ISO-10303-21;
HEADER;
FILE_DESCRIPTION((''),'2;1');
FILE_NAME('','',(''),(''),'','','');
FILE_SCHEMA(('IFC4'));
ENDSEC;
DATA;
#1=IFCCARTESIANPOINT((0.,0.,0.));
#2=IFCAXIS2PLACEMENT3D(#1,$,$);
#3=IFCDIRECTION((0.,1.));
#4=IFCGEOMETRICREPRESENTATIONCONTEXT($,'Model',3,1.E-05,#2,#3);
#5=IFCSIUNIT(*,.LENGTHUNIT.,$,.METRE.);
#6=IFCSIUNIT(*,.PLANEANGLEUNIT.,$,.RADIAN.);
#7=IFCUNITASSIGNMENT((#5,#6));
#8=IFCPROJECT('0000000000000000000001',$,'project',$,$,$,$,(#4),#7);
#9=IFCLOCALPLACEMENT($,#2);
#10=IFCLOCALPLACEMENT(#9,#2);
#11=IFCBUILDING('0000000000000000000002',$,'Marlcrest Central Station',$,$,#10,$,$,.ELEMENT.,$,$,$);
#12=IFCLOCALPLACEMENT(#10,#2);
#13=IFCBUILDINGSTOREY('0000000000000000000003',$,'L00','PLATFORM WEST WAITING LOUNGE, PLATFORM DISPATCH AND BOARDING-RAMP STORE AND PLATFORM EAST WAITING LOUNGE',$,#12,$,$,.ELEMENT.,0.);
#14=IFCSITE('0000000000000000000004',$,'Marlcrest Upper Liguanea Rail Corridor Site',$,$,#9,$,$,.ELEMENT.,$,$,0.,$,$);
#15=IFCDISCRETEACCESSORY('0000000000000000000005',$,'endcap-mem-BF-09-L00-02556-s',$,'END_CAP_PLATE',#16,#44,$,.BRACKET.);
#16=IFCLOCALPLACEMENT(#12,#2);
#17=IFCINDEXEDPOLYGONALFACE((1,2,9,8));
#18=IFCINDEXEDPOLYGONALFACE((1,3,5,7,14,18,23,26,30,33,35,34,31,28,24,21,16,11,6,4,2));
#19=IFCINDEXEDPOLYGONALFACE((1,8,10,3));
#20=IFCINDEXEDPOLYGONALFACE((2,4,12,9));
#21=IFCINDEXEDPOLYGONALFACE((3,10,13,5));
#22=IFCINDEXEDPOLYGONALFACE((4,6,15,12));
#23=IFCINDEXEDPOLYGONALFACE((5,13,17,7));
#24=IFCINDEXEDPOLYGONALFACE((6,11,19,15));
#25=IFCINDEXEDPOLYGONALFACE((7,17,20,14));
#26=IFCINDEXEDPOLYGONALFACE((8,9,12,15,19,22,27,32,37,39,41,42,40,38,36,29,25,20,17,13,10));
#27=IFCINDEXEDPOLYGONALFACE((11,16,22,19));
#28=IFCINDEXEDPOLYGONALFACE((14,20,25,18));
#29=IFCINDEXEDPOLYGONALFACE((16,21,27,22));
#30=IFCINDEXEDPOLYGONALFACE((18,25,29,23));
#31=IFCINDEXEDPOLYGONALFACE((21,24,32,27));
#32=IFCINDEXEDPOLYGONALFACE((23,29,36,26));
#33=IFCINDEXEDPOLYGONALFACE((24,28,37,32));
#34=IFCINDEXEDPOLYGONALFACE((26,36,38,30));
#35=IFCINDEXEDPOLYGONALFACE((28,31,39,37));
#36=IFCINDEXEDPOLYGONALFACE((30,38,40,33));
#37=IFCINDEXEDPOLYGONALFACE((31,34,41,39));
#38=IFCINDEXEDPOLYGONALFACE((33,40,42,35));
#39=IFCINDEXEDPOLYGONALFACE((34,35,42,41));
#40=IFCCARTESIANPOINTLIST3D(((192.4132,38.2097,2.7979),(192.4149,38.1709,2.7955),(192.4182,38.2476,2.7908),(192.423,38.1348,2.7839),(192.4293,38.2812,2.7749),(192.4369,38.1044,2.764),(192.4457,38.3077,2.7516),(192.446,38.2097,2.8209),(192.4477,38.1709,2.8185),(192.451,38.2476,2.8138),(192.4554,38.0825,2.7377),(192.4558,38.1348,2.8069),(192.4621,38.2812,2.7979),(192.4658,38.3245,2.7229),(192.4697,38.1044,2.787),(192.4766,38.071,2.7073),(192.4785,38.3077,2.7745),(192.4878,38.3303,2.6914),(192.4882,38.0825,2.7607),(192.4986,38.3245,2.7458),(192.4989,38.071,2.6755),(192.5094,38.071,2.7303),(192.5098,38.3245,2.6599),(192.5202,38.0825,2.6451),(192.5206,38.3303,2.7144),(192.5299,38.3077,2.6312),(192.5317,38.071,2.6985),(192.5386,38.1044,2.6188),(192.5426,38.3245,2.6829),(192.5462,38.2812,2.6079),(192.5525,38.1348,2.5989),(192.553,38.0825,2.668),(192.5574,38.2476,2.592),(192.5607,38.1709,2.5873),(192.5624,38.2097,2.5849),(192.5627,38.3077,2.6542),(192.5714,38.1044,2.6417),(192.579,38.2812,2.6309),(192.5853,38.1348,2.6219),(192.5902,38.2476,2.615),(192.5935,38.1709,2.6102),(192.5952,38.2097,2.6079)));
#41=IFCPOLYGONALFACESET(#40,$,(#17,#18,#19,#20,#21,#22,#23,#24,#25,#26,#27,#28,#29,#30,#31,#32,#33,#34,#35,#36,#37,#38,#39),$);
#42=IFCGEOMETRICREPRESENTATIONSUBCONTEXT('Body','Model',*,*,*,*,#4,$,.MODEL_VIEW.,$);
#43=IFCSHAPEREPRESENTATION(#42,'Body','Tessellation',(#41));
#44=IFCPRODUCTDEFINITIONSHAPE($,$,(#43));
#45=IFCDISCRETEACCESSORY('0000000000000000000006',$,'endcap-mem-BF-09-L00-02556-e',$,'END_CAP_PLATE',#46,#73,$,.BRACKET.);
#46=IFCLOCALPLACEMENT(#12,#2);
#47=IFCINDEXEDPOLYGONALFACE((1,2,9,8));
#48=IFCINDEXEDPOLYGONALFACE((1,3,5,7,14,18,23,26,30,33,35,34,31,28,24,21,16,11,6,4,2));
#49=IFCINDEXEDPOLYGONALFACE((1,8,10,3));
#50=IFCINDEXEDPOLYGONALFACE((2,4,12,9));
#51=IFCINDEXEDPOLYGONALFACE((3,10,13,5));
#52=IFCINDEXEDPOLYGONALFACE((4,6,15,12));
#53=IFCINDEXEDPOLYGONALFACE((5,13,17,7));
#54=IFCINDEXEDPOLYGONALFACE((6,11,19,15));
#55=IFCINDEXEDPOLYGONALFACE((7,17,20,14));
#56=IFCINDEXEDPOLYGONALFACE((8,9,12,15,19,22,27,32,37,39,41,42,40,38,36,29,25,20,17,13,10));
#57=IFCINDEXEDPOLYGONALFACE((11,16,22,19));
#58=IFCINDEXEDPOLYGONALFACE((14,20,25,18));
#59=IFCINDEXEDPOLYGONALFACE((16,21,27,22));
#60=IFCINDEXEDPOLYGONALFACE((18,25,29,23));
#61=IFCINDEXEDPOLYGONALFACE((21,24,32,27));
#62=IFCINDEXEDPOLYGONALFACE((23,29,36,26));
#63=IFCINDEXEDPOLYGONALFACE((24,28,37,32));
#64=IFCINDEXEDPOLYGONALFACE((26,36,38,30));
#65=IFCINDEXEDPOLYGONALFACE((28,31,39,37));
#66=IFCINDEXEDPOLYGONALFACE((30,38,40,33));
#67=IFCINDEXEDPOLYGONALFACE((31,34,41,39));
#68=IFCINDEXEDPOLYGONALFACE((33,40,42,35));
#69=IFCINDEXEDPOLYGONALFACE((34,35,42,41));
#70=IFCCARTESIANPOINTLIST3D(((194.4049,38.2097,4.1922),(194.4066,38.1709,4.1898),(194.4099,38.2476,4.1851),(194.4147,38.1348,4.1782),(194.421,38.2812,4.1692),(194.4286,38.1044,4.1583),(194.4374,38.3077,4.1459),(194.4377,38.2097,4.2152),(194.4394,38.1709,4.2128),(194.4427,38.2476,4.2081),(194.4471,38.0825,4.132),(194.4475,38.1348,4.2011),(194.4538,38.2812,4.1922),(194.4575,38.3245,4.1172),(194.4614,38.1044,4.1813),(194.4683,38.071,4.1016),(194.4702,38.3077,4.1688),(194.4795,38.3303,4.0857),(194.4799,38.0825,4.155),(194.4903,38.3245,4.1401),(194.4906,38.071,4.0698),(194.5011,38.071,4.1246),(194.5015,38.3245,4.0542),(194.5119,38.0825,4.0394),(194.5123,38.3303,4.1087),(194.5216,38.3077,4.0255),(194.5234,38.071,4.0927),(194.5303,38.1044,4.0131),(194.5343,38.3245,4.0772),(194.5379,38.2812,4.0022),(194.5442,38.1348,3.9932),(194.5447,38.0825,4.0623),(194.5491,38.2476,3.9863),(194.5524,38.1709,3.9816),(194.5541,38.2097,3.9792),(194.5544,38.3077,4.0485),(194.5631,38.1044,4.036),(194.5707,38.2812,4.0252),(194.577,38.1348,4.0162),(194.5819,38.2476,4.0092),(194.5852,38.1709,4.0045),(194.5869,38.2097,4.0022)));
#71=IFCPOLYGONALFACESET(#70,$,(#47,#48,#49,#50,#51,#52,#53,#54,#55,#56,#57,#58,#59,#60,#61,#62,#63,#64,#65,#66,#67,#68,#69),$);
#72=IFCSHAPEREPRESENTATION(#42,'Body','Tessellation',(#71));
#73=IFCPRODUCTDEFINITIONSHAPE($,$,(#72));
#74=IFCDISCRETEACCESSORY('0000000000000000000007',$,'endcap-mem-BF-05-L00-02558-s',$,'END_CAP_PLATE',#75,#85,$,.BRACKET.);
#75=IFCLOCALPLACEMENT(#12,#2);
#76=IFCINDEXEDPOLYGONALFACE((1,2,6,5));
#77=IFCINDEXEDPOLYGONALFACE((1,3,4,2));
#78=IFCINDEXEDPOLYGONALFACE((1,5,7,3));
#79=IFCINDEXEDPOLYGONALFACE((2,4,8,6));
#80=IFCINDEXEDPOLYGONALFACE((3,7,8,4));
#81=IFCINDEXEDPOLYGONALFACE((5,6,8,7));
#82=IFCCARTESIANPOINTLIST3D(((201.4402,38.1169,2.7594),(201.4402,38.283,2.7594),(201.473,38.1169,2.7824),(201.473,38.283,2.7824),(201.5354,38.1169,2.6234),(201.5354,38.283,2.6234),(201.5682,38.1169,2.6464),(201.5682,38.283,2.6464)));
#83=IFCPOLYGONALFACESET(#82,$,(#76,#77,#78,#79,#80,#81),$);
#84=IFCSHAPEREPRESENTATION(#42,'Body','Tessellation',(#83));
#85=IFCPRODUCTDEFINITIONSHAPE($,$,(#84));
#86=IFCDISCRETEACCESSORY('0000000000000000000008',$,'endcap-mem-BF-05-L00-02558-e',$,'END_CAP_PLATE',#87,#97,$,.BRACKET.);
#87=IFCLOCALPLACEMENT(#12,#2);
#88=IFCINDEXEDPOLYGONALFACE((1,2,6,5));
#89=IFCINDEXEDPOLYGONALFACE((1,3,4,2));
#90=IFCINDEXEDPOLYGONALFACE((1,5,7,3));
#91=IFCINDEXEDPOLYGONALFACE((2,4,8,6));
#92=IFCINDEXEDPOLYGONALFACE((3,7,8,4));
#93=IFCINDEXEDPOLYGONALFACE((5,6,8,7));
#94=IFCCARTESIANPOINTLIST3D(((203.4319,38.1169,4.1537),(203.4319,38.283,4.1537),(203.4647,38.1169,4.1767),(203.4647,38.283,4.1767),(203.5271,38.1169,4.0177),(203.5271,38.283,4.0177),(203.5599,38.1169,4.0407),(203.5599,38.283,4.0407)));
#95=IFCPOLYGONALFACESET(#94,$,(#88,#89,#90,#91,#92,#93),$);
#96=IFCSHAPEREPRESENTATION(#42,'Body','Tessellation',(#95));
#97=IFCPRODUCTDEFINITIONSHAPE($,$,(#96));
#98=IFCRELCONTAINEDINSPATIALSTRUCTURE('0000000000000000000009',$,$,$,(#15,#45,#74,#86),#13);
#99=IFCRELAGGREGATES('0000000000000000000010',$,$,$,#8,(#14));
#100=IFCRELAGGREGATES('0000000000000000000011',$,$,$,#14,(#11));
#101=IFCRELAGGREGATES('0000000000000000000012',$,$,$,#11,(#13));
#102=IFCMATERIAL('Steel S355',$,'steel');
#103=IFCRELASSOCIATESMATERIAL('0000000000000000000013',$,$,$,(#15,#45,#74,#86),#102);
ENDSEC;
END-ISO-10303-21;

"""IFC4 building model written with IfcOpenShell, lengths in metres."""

from ifc_helpers import new_model, si_unit, direction, frame, origin, origin_2d, place, context, subcontext, project, spatial, rectangle, circle, extrude, material, element, save


model = new_model("IFC4")

# Units and contexts
model_context = context("Model", 3, precision=1e-05, world=origin(), true_north=direction((0.0, 1.0)))
body_context = subcontext(model_context, "Body", "Model", "MODEL_VIEW")
ifc_project = project(units=[si_unit("LENGTHUNIT", "METRE"), si_unit("PLANEANGLEUNIT", "RADIAN")], contexts=[model_context])

# Site, building, storey
site_placement = place(None, origin())
site = spatial("IfcSite", under=ifc_project, at=site_placement, Name="Marlcrest Upper Liguanea Rail Corridor Site", CompositionType="ELEMENT", RefElevation=0.0)
building_placement = place(site_placement, origin())
building = spatial("IfcBuilding", under=site, at=building_placement, Name="Marlcrest Central Station", CompositionType="ELEMENT")
storey_placement = place(building_placement, origin())
storey = spatial("IfcBuildingStorey", under=building, at=storey_placement, Name="L00", Description="PLATFORM WEST WAITING LOUNGE, PLATFORM DISPATCH AND BOARDING-RAMP STORE AND PLATFORM EAST WAITING LOUNGE", CompositionType="ELEMENT", Elevation=0.0)

# Shared definitions
ifc_material_1 = material(Name="Steel S355", Category="steel")

# Discrete accessories
for number, where, z_axis, x_axis, name in (
    (1, (192.4878, 38.2, 2.6914), (0.819204, 0.0, 0.573503), (0.0, 1.0, 0.0), "endcap-mem-BF-09-L00-02556-s"),
    (2, (194.4795, 38.2, 4.0857), (0.819204, 0.0, 0.573503), (0.0, 1.0, 0.0), "endcap-mem-BF-09-L00-02556-e"),
):
    element("IfcDiscreteAccessory", number, at=place(storey_placement, frame(where, z_axis=z_axis, x_axis=x_axis)), inside=storey, material=ifc_material_1, Name=name, ObjectType="END_CAP_PLATE", PredefinedType="BRACKET", context=body_context, shape_type="SweptSolid", body=[
        extrude(circle(Radius=0.1304, at=origin_2d()), origin(), (0.0, 0.0, 1.0), 0.04),
    ])
for number, where, z_axis, x_axis, name in (
    (3, (201.4878, 38.2, 2.6914), (0.819204, 0.0, 0.573503), (0.0, 1.0, 0.0), "endcap-mem-BF-05-L00-02558-s"),
    (4, (203.4795, 38.2, 4.0857), (0.819204, 0.0, 0.573503), (0.0, 1.0, 0.0), "endcap-mem-BF-05-L00-02558-e"),
):
    element("IfcDiscreteAccessory", number, at=place(storey_placement, frame(where, z_axis=z_axis, x_axis=x_axis)), inside=storey, material=ifc_material_1, Name=name, ObjectType="END_CAP_PLATE", PredefinedType="BRACKET", context=body_context, shape_type="SweptSolid", body=[
        extrude(rectangle(XDim=0.166, YDim=0.166, at=origin_2d()), origin(), (0.0, 0.0, 1.0), 0.04),
    ])

save(model, "model.ifc")
